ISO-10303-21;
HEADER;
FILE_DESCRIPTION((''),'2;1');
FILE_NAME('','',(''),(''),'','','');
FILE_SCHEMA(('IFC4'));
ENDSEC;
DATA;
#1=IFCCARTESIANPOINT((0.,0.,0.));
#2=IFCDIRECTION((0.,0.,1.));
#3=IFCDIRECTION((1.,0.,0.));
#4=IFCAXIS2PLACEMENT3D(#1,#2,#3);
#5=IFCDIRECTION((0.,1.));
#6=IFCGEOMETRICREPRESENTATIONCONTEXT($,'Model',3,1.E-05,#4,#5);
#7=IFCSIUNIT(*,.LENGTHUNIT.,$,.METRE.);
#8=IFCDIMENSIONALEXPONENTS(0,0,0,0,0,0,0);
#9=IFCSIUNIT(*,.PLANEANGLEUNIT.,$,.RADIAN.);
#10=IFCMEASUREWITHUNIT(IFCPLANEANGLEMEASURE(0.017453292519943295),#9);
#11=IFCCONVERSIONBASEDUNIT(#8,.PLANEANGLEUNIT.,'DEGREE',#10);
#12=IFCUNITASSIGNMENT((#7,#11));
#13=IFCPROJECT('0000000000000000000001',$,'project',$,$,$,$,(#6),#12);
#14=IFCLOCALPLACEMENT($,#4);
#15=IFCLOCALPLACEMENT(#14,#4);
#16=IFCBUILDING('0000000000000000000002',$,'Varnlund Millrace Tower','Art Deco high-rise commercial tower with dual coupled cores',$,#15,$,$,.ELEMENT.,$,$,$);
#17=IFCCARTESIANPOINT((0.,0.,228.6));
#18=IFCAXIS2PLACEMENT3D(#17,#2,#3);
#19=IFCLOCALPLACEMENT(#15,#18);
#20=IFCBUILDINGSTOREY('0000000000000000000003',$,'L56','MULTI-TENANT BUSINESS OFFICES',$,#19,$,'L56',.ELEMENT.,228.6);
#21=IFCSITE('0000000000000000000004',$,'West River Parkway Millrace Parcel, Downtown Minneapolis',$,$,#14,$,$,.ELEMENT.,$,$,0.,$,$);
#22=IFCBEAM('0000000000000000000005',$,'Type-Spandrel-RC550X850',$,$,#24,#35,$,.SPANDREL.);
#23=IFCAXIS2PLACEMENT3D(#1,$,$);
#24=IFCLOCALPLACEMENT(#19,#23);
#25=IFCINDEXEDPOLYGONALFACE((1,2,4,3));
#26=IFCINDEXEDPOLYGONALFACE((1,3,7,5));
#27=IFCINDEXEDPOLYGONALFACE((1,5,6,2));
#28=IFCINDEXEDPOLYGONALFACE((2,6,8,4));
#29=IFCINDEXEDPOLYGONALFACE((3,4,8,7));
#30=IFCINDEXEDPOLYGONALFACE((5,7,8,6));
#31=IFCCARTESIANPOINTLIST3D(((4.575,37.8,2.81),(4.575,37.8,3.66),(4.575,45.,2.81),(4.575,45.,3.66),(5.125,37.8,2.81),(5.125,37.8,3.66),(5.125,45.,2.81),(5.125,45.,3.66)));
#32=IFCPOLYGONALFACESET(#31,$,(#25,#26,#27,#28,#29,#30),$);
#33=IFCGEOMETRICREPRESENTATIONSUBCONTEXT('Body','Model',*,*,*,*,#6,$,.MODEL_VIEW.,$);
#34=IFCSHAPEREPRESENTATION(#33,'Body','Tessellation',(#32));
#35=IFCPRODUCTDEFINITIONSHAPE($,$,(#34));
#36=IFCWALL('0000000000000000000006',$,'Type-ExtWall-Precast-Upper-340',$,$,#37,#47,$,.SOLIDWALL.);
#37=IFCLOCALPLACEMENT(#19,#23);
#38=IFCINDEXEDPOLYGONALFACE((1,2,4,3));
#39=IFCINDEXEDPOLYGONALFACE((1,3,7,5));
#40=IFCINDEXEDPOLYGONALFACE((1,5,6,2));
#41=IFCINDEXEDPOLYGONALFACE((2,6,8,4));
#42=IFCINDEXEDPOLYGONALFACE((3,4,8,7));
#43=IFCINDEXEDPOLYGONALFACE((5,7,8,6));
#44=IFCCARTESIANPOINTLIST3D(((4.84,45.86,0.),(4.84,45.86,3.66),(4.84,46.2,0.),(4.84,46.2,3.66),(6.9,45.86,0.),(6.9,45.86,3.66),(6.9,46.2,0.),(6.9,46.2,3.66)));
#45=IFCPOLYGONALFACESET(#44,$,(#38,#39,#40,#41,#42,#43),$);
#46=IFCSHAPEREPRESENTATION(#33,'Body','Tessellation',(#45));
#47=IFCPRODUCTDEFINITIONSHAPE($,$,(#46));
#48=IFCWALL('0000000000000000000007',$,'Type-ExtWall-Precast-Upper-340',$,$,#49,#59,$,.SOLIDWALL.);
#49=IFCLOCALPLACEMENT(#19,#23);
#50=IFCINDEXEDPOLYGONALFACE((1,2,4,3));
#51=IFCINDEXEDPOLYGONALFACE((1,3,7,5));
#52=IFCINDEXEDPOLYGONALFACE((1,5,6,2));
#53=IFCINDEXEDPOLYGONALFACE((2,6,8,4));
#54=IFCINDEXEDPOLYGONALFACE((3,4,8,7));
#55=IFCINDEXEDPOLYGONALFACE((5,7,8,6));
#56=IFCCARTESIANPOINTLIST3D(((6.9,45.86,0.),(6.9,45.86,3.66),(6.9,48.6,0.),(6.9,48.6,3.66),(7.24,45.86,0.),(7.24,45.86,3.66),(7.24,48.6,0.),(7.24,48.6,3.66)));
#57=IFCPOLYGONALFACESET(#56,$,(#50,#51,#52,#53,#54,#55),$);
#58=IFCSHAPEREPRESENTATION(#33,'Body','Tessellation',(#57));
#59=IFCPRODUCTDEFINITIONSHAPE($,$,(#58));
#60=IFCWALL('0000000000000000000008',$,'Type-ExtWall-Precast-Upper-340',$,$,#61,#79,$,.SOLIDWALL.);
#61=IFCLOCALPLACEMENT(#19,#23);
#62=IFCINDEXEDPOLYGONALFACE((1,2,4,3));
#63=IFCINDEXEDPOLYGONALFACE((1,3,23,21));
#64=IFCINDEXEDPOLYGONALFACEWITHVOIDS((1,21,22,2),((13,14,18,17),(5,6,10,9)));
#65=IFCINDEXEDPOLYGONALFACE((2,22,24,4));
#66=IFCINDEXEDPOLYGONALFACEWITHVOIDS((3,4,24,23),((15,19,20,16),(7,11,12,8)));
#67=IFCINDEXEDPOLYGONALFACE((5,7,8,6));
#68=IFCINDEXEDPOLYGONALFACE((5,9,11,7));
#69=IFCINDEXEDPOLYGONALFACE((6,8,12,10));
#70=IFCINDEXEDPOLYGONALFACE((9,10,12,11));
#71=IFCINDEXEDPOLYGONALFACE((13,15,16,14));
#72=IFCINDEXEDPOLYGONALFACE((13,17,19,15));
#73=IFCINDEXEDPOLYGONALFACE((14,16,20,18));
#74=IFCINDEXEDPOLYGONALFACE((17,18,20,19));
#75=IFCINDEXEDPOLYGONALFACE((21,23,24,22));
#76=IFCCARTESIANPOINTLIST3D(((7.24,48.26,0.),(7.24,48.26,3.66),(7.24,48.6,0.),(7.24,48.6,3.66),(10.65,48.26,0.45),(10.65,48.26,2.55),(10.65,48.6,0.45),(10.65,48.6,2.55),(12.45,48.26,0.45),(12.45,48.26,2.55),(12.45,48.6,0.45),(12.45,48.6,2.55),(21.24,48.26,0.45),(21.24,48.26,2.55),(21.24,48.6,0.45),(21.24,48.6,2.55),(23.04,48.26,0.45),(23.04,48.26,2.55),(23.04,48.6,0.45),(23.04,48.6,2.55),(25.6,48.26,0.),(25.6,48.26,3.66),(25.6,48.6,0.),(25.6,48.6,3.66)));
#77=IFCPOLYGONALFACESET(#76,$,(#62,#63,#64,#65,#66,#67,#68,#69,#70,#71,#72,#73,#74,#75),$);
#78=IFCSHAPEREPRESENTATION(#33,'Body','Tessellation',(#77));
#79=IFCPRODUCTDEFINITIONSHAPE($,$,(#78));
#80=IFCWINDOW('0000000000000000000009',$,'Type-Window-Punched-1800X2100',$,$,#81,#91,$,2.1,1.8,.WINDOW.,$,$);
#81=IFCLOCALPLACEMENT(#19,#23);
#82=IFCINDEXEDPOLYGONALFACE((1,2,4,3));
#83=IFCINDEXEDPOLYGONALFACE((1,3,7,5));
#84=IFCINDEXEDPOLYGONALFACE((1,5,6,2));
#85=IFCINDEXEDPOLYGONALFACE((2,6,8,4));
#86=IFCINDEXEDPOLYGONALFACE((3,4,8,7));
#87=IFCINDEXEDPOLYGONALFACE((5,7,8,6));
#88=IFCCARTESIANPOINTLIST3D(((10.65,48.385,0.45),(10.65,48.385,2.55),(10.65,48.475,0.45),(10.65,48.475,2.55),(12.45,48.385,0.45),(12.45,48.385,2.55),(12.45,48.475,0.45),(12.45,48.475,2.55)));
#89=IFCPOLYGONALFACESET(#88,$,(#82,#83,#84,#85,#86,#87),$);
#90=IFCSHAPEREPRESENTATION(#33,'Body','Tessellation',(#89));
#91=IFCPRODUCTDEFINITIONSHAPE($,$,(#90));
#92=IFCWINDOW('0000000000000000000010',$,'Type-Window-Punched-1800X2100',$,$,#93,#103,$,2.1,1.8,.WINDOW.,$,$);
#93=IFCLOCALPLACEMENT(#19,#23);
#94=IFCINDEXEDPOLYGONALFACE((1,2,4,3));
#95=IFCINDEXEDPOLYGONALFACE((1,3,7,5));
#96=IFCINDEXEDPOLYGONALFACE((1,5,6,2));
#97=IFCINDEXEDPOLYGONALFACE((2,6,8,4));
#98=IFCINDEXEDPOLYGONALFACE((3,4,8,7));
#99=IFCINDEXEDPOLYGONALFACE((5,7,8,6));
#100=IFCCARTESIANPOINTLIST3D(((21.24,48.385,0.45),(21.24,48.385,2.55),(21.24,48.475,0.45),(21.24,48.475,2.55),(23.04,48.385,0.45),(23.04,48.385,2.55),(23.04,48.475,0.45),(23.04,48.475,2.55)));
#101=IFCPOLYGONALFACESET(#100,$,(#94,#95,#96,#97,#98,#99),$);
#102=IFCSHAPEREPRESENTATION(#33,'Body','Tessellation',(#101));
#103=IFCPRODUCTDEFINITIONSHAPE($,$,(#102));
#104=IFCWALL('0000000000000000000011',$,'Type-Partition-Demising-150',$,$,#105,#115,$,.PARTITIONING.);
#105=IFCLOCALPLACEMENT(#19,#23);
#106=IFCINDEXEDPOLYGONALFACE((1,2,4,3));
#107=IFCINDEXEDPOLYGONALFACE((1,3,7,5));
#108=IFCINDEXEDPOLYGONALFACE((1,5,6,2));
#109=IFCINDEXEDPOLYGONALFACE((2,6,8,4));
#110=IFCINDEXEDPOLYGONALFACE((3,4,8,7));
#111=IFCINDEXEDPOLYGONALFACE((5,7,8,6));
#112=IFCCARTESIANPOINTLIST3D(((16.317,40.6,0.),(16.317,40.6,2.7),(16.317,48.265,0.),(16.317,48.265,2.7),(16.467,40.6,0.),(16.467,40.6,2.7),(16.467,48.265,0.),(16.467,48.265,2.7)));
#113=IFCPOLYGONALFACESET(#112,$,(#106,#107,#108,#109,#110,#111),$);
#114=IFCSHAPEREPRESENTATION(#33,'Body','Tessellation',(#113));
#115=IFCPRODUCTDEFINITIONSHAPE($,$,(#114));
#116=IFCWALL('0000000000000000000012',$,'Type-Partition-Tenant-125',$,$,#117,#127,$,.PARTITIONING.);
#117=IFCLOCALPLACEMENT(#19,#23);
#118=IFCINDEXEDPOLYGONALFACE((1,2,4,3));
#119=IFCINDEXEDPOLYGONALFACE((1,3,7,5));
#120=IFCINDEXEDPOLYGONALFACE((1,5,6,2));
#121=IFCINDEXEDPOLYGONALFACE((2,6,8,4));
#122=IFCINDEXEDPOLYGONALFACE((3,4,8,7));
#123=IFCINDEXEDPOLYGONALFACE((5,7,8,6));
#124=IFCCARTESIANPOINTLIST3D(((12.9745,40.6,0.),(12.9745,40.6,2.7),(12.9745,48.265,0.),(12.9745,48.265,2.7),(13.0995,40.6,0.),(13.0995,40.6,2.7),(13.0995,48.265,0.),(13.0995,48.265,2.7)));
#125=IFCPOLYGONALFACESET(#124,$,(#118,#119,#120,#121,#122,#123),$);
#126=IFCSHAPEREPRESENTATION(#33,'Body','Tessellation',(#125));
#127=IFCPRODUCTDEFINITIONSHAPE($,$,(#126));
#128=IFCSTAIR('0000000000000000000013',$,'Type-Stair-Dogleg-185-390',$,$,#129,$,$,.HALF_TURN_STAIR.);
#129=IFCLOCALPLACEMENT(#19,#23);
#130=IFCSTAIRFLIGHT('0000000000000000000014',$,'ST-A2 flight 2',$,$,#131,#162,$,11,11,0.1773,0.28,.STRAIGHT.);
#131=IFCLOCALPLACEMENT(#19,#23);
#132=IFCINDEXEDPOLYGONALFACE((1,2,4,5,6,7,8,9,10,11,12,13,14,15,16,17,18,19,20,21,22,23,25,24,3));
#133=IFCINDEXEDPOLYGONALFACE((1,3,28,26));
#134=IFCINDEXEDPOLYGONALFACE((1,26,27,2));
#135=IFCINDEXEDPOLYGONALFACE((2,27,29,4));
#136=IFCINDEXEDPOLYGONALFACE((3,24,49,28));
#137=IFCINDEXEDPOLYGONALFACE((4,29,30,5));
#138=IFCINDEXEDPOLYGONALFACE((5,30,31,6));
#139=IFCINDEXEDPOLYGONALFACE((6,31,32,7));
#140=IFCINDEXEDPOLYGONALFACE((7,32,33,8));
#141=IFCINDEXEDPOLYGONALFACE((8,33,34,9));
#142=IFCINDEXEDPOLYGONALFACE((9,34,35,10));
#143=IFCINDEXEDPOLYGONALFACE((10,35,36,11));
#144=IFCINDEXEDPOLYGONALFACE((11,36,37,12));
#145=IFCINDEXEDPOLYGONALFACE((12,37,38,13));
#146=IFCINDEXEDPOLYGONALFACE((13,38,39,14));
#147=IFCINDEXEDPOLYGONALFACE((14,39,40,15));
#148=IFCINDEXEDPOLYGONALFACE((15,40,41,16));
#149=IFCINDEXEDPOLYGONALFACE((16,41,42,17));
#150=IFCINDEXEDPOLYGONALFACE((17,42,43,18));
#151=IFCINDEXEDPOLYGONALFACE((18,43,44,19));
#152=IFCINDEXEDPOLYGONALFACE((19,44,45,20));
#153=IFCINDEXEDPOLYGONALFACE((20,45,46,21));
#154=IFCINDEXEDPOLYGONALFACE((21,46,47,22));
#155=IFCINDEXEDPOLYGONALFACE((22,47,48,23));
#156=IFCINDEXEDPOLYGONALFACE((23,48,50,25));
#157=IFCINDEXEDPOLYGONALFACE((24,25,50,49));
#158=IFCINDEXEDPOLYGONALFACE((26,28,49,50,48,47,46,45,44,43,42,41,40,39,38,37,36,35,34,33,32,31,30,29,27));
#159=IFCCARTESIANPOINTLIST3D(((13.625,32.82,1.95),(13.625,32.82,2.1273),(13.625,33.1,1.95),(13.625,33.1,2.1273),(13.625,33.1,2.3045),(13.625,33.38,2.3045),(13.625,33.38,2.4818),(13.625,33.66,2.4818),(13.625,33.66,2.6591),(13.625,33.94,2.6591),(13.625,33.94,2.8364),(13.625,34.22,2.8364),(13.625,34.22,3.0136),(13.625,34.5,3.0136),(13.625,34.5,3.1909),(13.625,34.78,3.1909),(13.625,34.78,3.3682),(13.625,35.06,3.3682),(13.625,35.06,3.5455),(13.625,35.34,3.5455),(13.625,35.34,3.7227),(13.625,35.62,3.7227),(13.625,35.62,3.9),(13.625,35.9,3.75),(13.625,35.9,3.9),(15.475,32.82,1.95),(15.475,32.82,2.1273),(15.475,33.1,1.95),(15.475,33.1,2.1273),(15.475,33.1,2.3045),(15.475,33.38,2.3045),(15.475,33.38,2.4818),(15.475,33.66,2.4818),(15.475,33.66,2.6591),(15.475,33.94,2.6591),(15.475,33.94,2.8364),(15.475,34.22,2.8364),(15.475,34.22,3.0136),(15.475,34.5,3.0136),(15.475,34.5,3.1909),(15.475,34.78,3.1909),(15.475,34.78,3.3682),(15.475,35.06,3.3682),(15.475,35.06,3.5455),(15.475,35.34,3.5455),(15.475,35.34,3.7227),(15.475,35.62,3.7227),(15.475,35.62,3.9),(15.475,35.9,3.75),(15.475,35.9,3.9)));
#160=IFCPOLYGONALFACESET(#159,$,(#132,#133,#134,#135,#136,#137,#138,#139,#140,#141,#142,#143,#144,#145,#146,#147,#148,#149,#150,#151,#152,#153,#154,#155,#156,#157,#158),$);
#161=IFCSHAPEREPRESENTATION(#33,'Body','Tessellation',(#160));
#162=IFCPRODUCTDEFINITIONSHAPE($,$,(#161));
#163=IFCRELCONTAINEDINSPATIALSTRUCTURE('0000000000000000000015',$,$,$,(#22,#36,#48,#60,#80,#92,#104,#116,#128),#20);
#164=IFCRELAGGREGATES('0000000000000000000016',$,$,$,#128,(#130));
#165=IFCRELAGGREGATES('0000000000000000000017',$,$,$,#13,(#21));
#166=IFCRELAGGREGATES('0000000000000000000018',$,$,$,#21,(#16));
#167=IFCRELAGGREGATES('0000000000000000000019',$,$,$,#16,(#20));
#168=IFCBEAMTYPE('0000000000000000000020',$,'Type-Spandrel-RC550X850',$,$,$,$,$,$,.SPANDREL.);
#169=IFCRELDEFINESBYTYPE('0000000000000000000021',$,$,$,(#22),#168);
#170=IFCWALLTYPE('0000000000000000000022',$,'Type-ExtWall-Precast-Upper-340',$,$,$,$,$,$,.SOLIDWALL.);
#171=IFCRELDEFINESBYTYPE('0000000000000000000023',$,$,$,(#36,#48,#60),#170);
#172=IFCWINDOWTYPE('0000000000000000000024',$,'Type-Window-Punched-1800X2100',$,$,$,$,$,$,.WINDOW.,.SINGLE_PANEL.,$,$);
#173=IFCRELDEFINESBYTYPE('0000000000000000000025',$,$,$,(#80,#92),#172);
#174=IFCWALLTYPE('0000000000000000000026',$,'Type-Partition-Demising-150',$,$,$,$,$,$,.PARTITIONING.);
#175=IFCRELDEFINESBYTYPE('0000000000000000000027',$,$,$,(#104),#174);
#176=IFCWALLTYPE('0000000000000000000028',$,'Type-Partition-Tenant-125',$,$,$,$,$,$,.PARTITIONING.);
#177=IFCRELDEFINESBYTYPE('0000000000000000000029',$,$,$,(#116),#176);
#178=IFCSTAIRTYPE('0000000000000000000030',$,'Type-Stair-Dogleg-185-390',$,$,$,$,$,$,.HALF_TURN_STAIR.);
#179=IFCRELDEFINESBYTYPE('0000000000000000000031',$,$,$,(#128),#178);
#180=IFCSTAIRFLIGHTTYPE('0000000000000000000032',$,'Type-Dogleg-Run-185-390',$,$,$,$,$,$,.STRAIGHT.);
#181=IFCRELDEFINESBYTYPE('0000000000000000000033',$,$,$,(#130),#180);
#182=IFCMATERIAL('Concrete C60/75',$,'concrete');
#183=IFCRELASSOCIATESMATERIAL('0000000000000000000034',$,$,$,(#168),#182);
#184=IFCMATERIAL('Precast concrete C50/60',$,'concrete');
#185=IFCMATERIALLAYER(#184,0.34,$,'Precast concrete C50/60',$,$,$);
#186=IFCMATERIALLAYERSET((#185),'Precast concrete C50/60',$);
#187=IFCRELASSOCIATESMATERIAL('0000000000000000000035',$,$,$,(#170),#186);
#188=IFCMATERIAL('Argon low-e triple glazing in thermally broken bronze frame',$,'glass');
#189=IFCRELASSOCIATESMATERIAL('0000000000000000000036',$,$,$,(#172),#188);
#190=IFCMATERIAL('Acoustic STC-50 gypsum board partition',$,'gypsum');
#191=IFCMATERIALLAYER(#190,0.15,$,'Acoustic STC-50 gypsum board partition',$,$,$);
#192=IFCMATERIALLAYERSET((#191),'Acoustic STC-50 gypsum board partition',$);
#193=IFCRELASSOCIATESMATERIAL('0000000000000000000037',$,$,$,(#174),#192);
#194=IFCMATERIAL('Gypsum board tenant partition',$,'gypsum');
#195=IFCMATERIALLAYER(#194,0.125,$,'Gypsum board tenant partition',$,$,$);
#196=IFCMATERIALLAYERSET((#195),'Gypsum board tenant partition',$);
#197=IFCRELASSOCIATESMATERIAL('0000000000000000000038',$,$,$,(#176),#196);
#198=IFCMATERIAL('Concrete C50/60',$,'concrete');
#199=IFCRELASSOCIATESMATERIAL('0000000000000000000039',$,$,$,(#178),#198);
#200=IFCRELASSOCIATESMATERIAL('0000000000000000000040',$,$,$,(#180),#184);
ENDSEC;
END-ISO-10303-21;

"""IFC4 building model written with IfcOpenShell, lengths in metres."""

from ifc_helpers import new_model, entity, si_unit, converted_unit, direction, frame, origin_with_axes, origin_2d_with_axis, place, context, subcontext, project, spatial, polyline, rectangle, outline, extrude, material, layer, layer_set, material_profile, profile_set, type_object, element, fill, aggregate, save


model = new_model("IFC4")

# Units and contexts
model_context = context("Model", 3, precision=1e-05, world=origin_with_axes(), true_north=direction((0.0, 1.0)))
body_context = subcontext(model_context, "Body", "Model", "MODEL_VIEW")
ifc_project = project(units=[si_unit("LENGTHUNIT", "METRE"), converted_unit("PLANEANGLEUNIT", "DEGREE", entity("IfcPlaneAngleMeasure", 0.017453292519943295), si_unit("PLANEANGLEUNIT", "RADIAN"), dimensions=[0, 0, 0, 0, 0, 0, 0])], contexts=[model_context])

# Site, building, storey
site_placement = place(None, origin_with_axes())
site = spatial("IfcSite", under=ifc_project, at=site_placement, Name="West River Parkway Millrace Parcel, Downtown Minneapolis", CompositionType="ELEMENT", RefElevation=0.0)
building_placement = place(site_placement, origin_with_axes())
building = spatial("IfcBuilding", under=site, at=building_placement, Name="Varnlund Millrace Tower", Description="Art Deco high-rise commercial tower with dual coupled cores", CompositionType="ELEMENT")
storey_placement = place(building_placement, frame((0.0, 0.0, 228.6), z_axis=(0.0, 0.0, 1.0), x_axis=(1.0, 0.0, 0.0)))
storey = spatial("IfcBuildingStorey", under=building, at=storey_placement, Name="L56", Description="MULTI-TENANT BUSINESS OFFICES", LongName="L56", CompositionType="ELEMENT", Elevation=228.6)

# Beam
ifc_material_1 = material(Name="Concrete C60/75", Category="concrete")
ifc_material_profile_1 = material_profile(ifc_material_1, rectangle(XDim=0.55, YDim=0.85, at=origin_2d_with_axis()), Name="Concrete C60/75")
ifc_profile_set_1 = profile_set([ifc_material_profile_1], Name="Concrete C60/75")
beam_type_1 = type_object("IfcBeamType", Name="Type-Spandrel-RC550X850", PredefinedType="SPANDREL", material=ifc_profile_set_1)
beam_1_placement = place(storey_placement, frame((4.85, 37.8, 3.235), z_axis=(0.0, 1.0, 0.0), x_axis=(-1.0, 0.0, 0.0)))
element("IfcBeam", 1, at=beam_1_placement, inside=storey, type_object=beam_type_1, Name="Type-Spandrel-RC550X850", PredefinedType="SPANDREL", context=body_context, shape_type="SweptSolid", body=[
    extrude(rectangle(XDim=0.55, YDim=0.85, at=origin_2d_with_axis()), origin_with_axes(), (0.0, 0.0, 1.0), 7.2),
])

# Walls
ifc_material_2 = material(Name="Precast concrete C50/60", Category="concrete")
ifc_layer_1 = layer(ifc_material_2, 0.34, Name="Precast concrete C50/60")
ifc_layer_set_1 = layer_set([ifc_layer_1], Name="Precast concrete C50/60")
wall_type_1 = type_object("IfcWallType", Name="Type-ExtWall-Precast-Upper-340", PredefinedType="SOLIDWALL", material=ifc_layer_set_1)
wall_1_placement = place(storey_placement, frame((4.84, 46.03, 0.0), z_axis=(0.0, 0.0, 1.0), x_axis=(1.0, 0.0, 0.0)))
element("IfcWall", 2, at=wall_1_placement, inside=storey, type_object=wall_type_1, Name="Type-ExtWall-Precast-Upper-340", PredefinedType="SOLIDWALL", context=body_context, shape_type="SweptSolid", body=[
    extrude(outline(polyline([(0.0, -0.17), (2.06, -0.17), (2.06, 0.17), (0.0, 0.17), (0.0, -0.17)])), origin_with_axes(), (0.0, 0.0, 1.0), 3.66),
])
wall_2_placement = place(storey_placement, frame((7.07, 45.86, 0.0), z_axis=(0.0, 0.0, 1.0), x_axis=(0.0, 1.0, 0.0)))
element("IfcWall", 3, at=wall_2_placement, inside=storey, type_object=wall_type_1, Name="Type-ExtWall-Precast-Upper-340", PredefinedType="SOLIDWALL", context=body_context, shape_type="SweptSolid", body=[
    extrude(outline(polyline([(0.0, -0.17), (2.74, -0.17), (2.74, 0.17), (0.0, 0.17), (0.0, -0.17)])), origin_with_axes(), (0.0, 0.0, 1.0), 3.66),
])

# Wall, openings, windows
wall_3_placement = place(storey_placement, frame((7.24, 48.43, 0.0), z_axis=(0.0, 0.0, 1.0), x_axis=(1.0, 0.0, 0.0)))
wall_3 = element("IfcWall", 4, at=wall_3_placement, inside=storey, type_object=wall_type_1, Name="Type-ExtWall-Precast-Upper-340", PredefinedType="SOLIDWALL", context=body_context, shape_type="SweptSolid", body=[
    extrude(outline(polyline([(0.0, -0.17), (18.36, -0.17), (18.36, 0.17), (0.0, 0.17), (0.0, -0.17)])), origin_with_axes(), (0.0, 0.0, 1.0), 3.66),
])
opening_1_placement = place(wall_3_placement, frame((4.31, 0.0, 0.45), z_axis=(0.0, 0.0, 1.0), x_axis=(1.0, 0.0, 0.0)))
opening_1 = element("IfcOpeningElement", 5, at=opening_1_placement, cuts=wall_3, PredefinedType="OPENING", context=body_context, shape_type="SweptSolid", body=[
    extrude(rectangle(XDim=1.8, YDim=0.36, at=origin_2d_with_axis()), origin_with_axes(), (0.0, 0.0, 1.0), 2.1),
])
opening_2_placement = place(wall_3_placement, frame((14.9, 0.0, 0.45), z_axis=(0.0, 0.0, 1.0), x_axis=(1.0, 0.0, 0.0)))
opening_2 = element("IfcOpeningElement", 6, at=opening_2_placement, cuts=wall_3, PredefinedType="OPENING", context=body_context, shape_type="SweptSolid", body=[
    extrude(rectangle(XDim=1.8, YDim=0.36, at=origin_2d_with_axis()), origin_with_axes(), (0.0, 0.0, 1.0), 2.1),
])
ifc_material_3 = material(Name="Argon low-e triple glazing in thermally broken bronze frame", Category="glass")
window_type = type_object("IfcWindowType", Name="Type-Window-Punched-1800X2100", PartitioningType="SINGLE_PANEL", PredefinedType="WINDOW", material=ifc_material_3)
window_1_placement = place(wall_3_placement, frame((4.31, 0.0, 0.45), z_axis=(0.0, 0.0, 1.0), x_axis=(1.0, 0.0, 0.0)))
window_1 = element("IfcWindow", 7, at=window_1_placement, inside=storey, type_object=window_type, Name="Type-Window-Punched-1800X2100", OverallHeight=2.1, OverallWidth=1.8, PredefinedType="WINDOW", context=body_context, shape_type="SweptSolid", body=[
    extrude(rectangle(XDim=1.8, YDim=0.09, at=origin_2d_with_axis()), origin_with_axes(), (0.0, 0.0, 1.0), 2.1),
])
fill(opening_1, window_1)
window_2_placement = place(wall_3_placement, frame((14.9, 0.0, 0.45), z_axis=(0.0, 0.0, 1.0), x_axis=(1.0, 0.0, 0.0)))
window_2 = element("IfcWindow", 8, at=window_2_placement, inside=storey, type_object=window_type, Name="Type-Window-Punched-1800X2100", OverallHeight=2.1, OverallWidth=1.8, PredefinedType="WINDOW", context=body_context, shape_type="SweptSolid", body=[
    extrude(rectangle(XDim=1.8, YDim=0.09, at=origin_2d_with_axis()), origin_with_axes(), (0.0, 0.0, 1.0), 2.1),
])
fill(opening_2, window_2)

# Walls
ifc_material_4 = material(Name="Acoustic STC-50 gypsum board partition", Category="gypsum")
ifc_layer_2 = layer(ifc_material_4, 0.15, Name="Acoustic STC-50 gypsum board partition")
ifc_layer_set_2 = layer_set([ifc_layer_2], Name="Acoustic STC-50 gypsum board partition")
wall_type_2 = type_object("IfcWallType", Name="Type-Partition-Demising-150", PredefinedType="PARTITIONING", material=ifc_layer_set_2)
wall_4_placement = place(storey_placement, frame((16.392, 40.6, 0.0), z_axis=(0.0, 0.0, 1.0), x_axis=(0.0, 1.0, 0.0)))
element("IfcWall", 9, at=wall_4_placement, inside=storey, type_object=wall_type_2, Name="Type-Partition-Demising-150", PredefinedType="PARTITIONING", context=body_context, shape_type="SweptSolid", body=[
    extrude(outline(polyline([(0.0, -0.075), (7.665, -0.075), (7.665, 0.075), (0.0, 0.075), (0.0, -0.075)])), origin_with_axes(), (0.0, 0.0, 1.0), 2.7),
])
ifc_material_5 = material(Name="Gypsum board tenant partition", Category="gypsum")
ifc_layer_3 = layer(ifc_material_5, 0.125, Name="Gypsum board tenant partition")
ifc_layer_set_3 = layer_set([ifc_layer_3], Name="Gypsum board tenant partition")
wall_type_3 = type_object("IfcWallType", Name="Type-Partition-Tenant-125", PredefinedType="PARTITIONING", material=ifc_layer_set_3)
wall_5_placement = place(storey_placement, frame((13.037, 40.6, 0.0), z_axis=(0.0, 0.0, 1.0), x_axis=(0.0, 1.0, 0.0)))
element("IfcWall", 10, at=wall_5_placement, inside=storey, type_object=wall_type_3, Name="Type-Partition-Tenant-125", PredefinedType="PARTITIONING", context=body_context, shape_type="SweptSolid", body=[
    extrude(outline(polyline([(0.0, -0.0625), (7.665, -0.0625), (7.665, 0.0625), (0.0, 0.0625), (0.0, -0.0625)])), origin_with_axes(), (0.0, 0.0, 1.0), 2.7),
])

# Stair, stair flight
ifc_material_6 = material(Name="Concrete C50/60", Category="concrete")
stair_type = type_object("IfcStairType", Name="Type-Stair-Dogleg-185-390", PredefinedType="HALF_TURN_STAIR", material=ifc_material_6)
stair_placement = place(storey_placement, origin_with_axes())
stair = element("IfcStair", 11, at=stair_placement, inside=storey, type_object=stair_type, Name="Type-Stair-Dogleg-185-390", PredefinedType="HALF_TURN_STAIR")
stair_flight_type = type_object("IfcStairFlightType", Name="Type-Dogleg-Run-185-390", PredefinedType="STRAIGHT", material=ifc_material_2)
stair_flight_placement = place(storey_placement, frame((13.625, 32.82, 1.95), z_axis=(1.0, 0.0, 0.0), x_axis=(0.0, 1.0, 0.0)))
stair_flight = element("IfcStairFlight", 12, at=stair_flight_placement, type_object=stair_flight_type, Name="ST-A2 flight 2", NumberOfRisers=11, NumberOfTreads=11, PredefinedType="STRAIGHT", RiserHeight=0.1773, TreadLength=0.28, context=body_context, shape_type="SweptSolid", body=[
    extrude(outline(polyline([(0.0, 0.0), (0.0, 0.1773), (0.28, 0.1773), (0.28, 0.3545), (0.56, 0.3545), (0.56, 0.5318), (0.84, 0.5318), (0.84, 0.7091), (1.12, 0.7091), (1.12, 0.8864), (1.4, 0.8864), (1.4, 1.0636), (1.68, 1.0636), (1.68, 1.2409), (1.96, 1.2409), (1.96, 1.4182), (2.24, 1.4182), (2.24, 1.5955), (2.52, 1.5955), (2.52, 1.7727), (2.8, 1.7727), (2.8, 1.95), (3.08, 1.95), (3.08, 1.8), (0.28, 0.0), (0.0, 0.0)])), origin_with_axes(), (0.0, 0.0, 1.0), 1.85),
])
aggregate(stair, [stair_flight])

save(model, "model.ifc")
